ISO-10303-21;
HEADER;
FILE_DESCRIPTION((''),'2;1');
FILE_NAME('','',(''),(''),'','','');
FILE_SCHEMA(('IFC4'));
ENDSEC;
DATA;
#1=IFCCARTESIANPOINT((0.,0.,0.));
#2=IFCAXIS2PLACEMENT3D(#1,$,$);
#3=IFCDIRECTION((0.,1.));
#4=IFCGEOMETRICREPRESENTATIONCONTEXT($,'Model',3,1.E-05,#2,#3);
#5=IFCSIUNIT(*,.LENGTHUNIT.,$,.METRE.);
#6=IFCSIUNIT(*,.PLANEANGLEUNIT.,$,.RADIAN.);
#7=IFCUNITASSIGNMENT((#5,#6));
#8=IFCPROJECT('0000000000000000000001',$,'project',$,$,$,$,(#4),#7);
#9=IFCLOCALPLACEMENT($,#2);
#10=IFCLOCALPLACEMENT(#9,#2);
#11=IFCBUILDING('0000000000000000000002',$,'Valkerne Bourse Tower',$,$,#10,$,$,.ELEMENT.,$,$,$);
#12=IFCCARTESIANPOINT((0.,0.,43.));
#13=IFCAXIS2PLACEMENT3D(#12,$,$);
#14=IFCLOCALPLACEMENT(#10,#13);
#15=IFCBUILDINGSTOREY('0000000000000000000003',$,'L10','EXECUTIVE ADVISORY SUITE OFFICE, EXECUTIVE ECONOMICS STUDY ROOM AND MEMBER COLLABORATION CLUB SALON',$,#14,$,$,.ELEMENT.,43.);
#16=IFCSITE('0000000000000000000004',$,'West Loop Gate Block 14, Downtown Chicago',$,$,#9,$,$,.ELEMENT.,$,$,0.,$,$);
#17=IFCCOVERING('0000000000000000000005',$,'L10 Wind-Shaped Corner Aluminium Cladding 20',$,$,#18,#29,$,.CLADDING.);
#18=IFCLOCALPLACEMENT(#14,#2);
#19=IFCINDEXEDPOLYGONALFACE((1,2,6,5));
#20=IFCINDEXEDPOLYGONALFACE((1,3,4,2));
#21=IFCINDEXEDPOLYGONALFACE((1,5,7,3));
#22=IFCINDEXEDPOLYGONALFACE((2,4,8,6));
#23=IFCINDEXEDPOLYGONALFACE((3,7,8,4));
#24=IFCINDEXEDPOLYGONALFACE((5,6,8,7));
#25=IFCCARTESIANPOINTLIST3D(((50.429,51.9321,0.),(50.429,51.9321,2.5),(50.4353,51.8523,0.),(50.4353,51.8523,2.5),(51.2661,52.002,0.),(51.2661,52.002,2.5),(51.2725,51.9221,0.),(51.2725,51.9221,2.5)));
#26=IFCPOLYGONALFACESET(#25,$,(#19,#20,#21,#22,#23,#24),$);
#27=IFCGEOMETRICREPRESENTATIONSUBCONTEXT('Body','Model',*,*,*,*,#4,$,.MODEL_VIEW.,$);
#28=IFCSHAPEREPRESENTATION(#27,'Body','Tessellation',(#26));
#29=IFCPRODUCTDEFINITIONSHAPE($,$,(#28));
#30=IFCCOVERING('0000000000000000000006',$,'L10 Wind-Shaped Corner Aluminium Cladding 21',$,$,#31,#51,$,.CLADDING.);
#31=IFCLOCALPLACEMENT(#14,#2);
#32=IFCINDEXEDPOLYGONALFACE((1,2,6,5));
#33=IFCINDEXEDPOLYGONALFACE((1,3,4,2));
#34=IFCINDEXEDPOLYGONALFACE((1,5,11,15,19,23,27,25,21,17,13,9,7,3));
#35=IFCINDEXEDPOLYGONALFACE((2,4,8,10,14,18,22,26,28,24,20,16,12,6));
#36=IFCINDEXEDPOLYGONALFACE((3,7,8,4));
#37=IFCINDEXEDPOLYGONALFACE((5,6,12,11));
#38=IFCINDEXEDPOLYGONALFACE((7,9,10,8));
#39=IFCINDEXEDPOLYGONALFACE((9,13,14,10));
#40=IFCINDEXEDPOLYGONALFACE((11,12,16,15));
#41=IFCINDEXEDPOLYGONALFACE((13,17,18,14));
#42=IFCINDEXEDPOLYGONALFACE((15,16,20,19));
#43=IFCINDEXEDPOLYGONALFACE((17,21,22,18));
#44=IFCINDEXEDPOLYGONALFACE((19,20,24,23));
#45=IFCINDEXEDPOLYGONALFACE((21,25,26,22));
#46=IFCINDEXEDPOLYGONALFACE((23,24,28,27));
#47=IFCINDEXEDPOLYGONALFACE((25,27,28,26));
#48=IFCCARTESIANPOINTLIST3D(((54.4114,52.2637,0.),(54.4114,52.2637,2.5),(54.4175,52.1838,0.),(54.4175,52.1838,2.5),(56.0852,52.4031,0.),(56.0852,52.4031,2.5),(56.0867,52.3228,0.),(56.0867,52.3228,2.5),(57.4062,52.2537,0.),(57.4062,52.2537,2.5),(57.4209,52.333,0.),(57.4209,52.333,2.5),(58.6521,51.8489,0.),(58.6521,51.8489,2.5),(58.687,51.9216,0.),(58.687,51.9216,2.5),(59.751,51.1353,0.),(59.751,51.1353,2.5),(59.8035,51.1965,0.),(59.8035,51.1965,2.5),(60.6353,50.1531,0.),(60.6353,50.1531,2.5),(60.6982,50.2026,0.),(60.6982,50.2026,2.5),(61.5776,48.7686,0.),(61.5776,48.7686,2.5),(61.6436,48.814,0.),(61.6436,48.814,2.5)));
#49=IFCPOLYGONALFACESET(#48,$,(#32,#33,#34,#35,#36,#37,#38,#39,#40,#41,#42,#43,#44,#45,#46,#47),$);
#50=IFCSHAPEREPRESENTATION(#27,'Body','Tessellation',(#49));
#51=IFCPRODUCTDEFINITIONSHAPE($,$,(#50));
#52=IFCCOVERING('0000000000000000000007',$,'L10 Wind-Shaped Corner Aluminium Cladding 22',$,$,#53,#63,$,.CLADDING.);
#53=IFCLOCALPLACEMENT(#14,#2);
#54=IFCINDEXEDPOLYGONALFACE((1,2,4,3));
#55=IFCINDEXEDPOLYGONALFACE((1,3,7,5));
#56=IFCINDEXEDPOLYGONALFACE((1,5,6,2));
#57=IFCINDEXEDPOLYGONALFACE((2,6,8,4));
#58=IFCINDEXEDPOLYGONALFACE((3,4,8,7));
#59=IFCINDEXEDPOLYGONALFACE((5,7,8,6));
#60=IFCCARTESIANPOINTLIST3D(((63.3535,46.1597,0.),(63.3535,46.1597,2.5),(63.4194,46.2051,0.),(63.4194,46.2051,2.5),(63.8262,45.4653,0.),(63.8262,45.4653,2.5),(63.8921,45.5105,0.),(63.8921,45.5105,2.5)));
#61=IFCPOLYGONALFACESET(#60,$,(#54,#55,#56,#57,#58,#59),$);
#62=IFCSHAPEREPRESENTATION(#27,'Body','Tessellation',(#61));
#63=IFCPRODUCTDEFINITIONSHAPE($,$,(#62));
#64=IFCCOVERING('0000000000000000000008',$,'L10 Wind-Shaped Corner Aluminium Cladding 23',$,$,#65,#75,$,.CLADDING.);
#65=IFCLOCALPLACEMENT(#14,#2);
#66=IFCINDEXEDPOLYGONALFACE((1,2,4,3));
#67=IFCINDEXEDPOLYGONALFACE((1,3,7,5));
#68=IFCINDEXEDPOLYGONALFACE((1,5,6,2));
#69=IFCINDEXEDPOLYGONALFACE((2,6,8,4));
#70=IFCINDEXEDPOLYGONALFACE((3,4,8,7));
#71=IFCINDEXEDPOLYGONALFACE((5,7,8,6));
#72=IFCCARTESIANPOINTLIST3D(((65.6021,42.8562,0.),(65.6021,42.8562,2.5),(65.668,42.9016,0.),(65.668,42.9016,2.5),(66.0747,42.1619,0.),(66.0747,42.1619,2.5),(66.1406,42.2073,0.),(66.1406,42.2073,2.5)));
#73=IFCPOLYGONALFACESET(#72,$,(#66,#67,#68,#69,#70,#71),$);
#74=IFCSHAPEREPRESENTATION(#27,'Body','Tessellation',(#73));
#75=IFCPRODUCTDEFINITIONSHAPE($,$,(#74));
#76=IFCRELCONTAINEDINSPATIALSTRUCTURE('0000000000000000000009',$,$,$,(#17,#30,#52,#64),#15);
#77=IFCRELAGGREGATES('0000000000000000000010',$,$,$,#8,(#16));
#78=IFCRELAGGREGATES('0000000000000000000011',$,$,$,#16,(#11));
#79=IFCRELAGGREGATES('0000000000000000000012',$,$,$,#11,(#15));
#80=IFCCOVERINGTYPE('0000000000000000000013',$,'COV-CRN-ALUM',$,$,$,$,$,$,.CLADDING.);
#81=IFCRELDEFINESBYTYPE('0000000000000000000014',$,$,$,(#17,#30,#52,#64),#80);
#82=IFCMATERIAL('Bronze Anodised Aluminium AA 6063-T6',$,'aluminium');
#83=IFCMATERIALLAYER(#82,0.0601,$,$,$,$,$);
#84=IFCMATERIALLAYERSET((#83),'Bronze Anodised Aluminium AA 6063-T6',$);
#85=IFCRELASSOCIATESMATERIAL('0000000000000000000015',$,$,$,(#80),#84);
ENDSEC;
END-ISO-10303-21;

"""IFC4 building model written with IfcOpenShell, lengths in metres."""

from ifc_helpers import new_model, si_unit, direction, frame, origin, place, context, subcontext, project, spatial, polyline, outline, extrude, material, layer, layer_set, type_object, element, save


model = new_model("IFC4")

# Units and contexts
model_context = context("Model", 3, precision=1e-05, world=origin(), true_north=direction((0.0, 1.0)))
body_context = subcontext(model_context, "Body", "Model", "MODEL_VIEW")
ifc_project = project(units=[si_unit("LENGTHUNIT", "METRE"), si_unit("PLANEANGLEUNIT", "RADIAN")], contexts=[model_context])

# Site, building, storey
site_placement = place(None, origin())
site = spatial("IfcSite", under=ifc_project, at=site_placement, Name="West Loop Gate Block 14, Downtown Chicago", CompositionType="ELEMENT", RefElevation=0.0)
building_placement = place(site_placement, origin())
building = spatial("IfcBuilding", under=site, at=building_placement, Name="Valkerne Bourse Tower", CompositionType="ELEMENT")
storey_placement = place(building_placement, frame((0.0, 0.0, 43.0)))
storey = spatial("IfcBuildingStorey", under=building, at=storey_placement, Name="L10", Description="EXECUTIVE ADVISORY SUITE OFFICE, EXECUTIVE ECONOMICS STUDY ROOM AND MEMBER COLLABORATION CLUB SALON", CompositionType="ELEMENT", Elevation=43.0)

# Coverings
ifc_material_1 = material(Name="Bronze Anodised Aluminium AA 6063-T6", Category="aluminium")
ifc_layer_1 = layer(ifc_material_1, 0.0601)
ifc_layer_set_1 = layer_set([ifc_layer_1], Name="Bronze Anodised Aluminium AA 6063-T6")
covering_type = type_object("IfcCoveringType", Name="COV-CRN-ALUM", PredefinedType="CLADDING", material=ifc_layer_set_1)
covering_1_placement = place(storey_placement, origin())
element("IfcCovering", 1, at=covering_1_placement, inside=storey, type_object=covering_type, Name="L10 Wind-Shaped Corner Aluminium Cladding 20", PredefinedType="CLADDING", context=body_context, shape_type="SweptSolid", body=[
    extrude(outline(polyline([(51.2661, 52.002), (51.2725, 51.9221), (50.4353, 51.8523), (50.429, 51.9321), (51.2661, 52.002)])), origin(), (0.0, 0.0, 1.0), 2.5),
])
covering_2_placement = place(storey_placement, origin())
element("IfcCovering", 2, at=covering_2_placement, inside=storey, type_object=covering_type, Name="L10 Wind-Shaped Corner Aluminium Cladding 21", PredefinedType="CLADDING", context=body_context, shape_type="SweptSolid", body=[
    extrude(outline(polyline([(56.0852, 52.4031), (57.4209, 52.333), (58.687, 51.9216), (59.8035, 51.1965), (60.6982, 50.2026), (61.6436, 48.814), (61.5776, 48.7686), (60.6353, 50.1531), (59.751, 51.1353), (58.6521, 51.8489), (57.4062, 52.2537), (56.0867, 52.3228), (54.4175, 52.1838), (54.4114, 52.2637), (56.0852, 52.4031)])), origin(), (0.0, 0.0, 1.0), 2.5),
])
covering_3_placement = place(storey_placement, origin())
element("IfcCovering", 3, at=covering_3_placement, inside=storey, type_object=covering_type, Name="L10 Wind-Shaped Corner Aluminium Cladding 22", PredefinedType="CLADDING", context=body_context, shape_type="SweptSolid", body=[
    extrude(outline(polyline([(63.8921, 45.5105), (63.8262, 45.4653), (63.3535, 46.1597), (63.4194, 46.2051), (63.8921, 45.5105)])), origin(), (0.0, 0.0, 1.0), 2.5),
])
covering_4_placement = place(storey_placement, origin())
element("IfcCovering", 4, at=covering_4_placement, inside=storey, type_object=covering_type, Name="L10 Wind-Shaped Corner Aluminium Cladding 23", PredefinedType="CLADDING", context=body_context, shape_type="SweptSolid", body=[
    extrude(outline(polyline([(66.1406, 42.2073), (66.0747, 42.1619), (65.6021, 42.8562), (65.668, 42.9016), (66.1406, 42.2073)])), origin(), (0.0, 0.0, 1.0), 2.5),
])

save(model, "model.ifc")
